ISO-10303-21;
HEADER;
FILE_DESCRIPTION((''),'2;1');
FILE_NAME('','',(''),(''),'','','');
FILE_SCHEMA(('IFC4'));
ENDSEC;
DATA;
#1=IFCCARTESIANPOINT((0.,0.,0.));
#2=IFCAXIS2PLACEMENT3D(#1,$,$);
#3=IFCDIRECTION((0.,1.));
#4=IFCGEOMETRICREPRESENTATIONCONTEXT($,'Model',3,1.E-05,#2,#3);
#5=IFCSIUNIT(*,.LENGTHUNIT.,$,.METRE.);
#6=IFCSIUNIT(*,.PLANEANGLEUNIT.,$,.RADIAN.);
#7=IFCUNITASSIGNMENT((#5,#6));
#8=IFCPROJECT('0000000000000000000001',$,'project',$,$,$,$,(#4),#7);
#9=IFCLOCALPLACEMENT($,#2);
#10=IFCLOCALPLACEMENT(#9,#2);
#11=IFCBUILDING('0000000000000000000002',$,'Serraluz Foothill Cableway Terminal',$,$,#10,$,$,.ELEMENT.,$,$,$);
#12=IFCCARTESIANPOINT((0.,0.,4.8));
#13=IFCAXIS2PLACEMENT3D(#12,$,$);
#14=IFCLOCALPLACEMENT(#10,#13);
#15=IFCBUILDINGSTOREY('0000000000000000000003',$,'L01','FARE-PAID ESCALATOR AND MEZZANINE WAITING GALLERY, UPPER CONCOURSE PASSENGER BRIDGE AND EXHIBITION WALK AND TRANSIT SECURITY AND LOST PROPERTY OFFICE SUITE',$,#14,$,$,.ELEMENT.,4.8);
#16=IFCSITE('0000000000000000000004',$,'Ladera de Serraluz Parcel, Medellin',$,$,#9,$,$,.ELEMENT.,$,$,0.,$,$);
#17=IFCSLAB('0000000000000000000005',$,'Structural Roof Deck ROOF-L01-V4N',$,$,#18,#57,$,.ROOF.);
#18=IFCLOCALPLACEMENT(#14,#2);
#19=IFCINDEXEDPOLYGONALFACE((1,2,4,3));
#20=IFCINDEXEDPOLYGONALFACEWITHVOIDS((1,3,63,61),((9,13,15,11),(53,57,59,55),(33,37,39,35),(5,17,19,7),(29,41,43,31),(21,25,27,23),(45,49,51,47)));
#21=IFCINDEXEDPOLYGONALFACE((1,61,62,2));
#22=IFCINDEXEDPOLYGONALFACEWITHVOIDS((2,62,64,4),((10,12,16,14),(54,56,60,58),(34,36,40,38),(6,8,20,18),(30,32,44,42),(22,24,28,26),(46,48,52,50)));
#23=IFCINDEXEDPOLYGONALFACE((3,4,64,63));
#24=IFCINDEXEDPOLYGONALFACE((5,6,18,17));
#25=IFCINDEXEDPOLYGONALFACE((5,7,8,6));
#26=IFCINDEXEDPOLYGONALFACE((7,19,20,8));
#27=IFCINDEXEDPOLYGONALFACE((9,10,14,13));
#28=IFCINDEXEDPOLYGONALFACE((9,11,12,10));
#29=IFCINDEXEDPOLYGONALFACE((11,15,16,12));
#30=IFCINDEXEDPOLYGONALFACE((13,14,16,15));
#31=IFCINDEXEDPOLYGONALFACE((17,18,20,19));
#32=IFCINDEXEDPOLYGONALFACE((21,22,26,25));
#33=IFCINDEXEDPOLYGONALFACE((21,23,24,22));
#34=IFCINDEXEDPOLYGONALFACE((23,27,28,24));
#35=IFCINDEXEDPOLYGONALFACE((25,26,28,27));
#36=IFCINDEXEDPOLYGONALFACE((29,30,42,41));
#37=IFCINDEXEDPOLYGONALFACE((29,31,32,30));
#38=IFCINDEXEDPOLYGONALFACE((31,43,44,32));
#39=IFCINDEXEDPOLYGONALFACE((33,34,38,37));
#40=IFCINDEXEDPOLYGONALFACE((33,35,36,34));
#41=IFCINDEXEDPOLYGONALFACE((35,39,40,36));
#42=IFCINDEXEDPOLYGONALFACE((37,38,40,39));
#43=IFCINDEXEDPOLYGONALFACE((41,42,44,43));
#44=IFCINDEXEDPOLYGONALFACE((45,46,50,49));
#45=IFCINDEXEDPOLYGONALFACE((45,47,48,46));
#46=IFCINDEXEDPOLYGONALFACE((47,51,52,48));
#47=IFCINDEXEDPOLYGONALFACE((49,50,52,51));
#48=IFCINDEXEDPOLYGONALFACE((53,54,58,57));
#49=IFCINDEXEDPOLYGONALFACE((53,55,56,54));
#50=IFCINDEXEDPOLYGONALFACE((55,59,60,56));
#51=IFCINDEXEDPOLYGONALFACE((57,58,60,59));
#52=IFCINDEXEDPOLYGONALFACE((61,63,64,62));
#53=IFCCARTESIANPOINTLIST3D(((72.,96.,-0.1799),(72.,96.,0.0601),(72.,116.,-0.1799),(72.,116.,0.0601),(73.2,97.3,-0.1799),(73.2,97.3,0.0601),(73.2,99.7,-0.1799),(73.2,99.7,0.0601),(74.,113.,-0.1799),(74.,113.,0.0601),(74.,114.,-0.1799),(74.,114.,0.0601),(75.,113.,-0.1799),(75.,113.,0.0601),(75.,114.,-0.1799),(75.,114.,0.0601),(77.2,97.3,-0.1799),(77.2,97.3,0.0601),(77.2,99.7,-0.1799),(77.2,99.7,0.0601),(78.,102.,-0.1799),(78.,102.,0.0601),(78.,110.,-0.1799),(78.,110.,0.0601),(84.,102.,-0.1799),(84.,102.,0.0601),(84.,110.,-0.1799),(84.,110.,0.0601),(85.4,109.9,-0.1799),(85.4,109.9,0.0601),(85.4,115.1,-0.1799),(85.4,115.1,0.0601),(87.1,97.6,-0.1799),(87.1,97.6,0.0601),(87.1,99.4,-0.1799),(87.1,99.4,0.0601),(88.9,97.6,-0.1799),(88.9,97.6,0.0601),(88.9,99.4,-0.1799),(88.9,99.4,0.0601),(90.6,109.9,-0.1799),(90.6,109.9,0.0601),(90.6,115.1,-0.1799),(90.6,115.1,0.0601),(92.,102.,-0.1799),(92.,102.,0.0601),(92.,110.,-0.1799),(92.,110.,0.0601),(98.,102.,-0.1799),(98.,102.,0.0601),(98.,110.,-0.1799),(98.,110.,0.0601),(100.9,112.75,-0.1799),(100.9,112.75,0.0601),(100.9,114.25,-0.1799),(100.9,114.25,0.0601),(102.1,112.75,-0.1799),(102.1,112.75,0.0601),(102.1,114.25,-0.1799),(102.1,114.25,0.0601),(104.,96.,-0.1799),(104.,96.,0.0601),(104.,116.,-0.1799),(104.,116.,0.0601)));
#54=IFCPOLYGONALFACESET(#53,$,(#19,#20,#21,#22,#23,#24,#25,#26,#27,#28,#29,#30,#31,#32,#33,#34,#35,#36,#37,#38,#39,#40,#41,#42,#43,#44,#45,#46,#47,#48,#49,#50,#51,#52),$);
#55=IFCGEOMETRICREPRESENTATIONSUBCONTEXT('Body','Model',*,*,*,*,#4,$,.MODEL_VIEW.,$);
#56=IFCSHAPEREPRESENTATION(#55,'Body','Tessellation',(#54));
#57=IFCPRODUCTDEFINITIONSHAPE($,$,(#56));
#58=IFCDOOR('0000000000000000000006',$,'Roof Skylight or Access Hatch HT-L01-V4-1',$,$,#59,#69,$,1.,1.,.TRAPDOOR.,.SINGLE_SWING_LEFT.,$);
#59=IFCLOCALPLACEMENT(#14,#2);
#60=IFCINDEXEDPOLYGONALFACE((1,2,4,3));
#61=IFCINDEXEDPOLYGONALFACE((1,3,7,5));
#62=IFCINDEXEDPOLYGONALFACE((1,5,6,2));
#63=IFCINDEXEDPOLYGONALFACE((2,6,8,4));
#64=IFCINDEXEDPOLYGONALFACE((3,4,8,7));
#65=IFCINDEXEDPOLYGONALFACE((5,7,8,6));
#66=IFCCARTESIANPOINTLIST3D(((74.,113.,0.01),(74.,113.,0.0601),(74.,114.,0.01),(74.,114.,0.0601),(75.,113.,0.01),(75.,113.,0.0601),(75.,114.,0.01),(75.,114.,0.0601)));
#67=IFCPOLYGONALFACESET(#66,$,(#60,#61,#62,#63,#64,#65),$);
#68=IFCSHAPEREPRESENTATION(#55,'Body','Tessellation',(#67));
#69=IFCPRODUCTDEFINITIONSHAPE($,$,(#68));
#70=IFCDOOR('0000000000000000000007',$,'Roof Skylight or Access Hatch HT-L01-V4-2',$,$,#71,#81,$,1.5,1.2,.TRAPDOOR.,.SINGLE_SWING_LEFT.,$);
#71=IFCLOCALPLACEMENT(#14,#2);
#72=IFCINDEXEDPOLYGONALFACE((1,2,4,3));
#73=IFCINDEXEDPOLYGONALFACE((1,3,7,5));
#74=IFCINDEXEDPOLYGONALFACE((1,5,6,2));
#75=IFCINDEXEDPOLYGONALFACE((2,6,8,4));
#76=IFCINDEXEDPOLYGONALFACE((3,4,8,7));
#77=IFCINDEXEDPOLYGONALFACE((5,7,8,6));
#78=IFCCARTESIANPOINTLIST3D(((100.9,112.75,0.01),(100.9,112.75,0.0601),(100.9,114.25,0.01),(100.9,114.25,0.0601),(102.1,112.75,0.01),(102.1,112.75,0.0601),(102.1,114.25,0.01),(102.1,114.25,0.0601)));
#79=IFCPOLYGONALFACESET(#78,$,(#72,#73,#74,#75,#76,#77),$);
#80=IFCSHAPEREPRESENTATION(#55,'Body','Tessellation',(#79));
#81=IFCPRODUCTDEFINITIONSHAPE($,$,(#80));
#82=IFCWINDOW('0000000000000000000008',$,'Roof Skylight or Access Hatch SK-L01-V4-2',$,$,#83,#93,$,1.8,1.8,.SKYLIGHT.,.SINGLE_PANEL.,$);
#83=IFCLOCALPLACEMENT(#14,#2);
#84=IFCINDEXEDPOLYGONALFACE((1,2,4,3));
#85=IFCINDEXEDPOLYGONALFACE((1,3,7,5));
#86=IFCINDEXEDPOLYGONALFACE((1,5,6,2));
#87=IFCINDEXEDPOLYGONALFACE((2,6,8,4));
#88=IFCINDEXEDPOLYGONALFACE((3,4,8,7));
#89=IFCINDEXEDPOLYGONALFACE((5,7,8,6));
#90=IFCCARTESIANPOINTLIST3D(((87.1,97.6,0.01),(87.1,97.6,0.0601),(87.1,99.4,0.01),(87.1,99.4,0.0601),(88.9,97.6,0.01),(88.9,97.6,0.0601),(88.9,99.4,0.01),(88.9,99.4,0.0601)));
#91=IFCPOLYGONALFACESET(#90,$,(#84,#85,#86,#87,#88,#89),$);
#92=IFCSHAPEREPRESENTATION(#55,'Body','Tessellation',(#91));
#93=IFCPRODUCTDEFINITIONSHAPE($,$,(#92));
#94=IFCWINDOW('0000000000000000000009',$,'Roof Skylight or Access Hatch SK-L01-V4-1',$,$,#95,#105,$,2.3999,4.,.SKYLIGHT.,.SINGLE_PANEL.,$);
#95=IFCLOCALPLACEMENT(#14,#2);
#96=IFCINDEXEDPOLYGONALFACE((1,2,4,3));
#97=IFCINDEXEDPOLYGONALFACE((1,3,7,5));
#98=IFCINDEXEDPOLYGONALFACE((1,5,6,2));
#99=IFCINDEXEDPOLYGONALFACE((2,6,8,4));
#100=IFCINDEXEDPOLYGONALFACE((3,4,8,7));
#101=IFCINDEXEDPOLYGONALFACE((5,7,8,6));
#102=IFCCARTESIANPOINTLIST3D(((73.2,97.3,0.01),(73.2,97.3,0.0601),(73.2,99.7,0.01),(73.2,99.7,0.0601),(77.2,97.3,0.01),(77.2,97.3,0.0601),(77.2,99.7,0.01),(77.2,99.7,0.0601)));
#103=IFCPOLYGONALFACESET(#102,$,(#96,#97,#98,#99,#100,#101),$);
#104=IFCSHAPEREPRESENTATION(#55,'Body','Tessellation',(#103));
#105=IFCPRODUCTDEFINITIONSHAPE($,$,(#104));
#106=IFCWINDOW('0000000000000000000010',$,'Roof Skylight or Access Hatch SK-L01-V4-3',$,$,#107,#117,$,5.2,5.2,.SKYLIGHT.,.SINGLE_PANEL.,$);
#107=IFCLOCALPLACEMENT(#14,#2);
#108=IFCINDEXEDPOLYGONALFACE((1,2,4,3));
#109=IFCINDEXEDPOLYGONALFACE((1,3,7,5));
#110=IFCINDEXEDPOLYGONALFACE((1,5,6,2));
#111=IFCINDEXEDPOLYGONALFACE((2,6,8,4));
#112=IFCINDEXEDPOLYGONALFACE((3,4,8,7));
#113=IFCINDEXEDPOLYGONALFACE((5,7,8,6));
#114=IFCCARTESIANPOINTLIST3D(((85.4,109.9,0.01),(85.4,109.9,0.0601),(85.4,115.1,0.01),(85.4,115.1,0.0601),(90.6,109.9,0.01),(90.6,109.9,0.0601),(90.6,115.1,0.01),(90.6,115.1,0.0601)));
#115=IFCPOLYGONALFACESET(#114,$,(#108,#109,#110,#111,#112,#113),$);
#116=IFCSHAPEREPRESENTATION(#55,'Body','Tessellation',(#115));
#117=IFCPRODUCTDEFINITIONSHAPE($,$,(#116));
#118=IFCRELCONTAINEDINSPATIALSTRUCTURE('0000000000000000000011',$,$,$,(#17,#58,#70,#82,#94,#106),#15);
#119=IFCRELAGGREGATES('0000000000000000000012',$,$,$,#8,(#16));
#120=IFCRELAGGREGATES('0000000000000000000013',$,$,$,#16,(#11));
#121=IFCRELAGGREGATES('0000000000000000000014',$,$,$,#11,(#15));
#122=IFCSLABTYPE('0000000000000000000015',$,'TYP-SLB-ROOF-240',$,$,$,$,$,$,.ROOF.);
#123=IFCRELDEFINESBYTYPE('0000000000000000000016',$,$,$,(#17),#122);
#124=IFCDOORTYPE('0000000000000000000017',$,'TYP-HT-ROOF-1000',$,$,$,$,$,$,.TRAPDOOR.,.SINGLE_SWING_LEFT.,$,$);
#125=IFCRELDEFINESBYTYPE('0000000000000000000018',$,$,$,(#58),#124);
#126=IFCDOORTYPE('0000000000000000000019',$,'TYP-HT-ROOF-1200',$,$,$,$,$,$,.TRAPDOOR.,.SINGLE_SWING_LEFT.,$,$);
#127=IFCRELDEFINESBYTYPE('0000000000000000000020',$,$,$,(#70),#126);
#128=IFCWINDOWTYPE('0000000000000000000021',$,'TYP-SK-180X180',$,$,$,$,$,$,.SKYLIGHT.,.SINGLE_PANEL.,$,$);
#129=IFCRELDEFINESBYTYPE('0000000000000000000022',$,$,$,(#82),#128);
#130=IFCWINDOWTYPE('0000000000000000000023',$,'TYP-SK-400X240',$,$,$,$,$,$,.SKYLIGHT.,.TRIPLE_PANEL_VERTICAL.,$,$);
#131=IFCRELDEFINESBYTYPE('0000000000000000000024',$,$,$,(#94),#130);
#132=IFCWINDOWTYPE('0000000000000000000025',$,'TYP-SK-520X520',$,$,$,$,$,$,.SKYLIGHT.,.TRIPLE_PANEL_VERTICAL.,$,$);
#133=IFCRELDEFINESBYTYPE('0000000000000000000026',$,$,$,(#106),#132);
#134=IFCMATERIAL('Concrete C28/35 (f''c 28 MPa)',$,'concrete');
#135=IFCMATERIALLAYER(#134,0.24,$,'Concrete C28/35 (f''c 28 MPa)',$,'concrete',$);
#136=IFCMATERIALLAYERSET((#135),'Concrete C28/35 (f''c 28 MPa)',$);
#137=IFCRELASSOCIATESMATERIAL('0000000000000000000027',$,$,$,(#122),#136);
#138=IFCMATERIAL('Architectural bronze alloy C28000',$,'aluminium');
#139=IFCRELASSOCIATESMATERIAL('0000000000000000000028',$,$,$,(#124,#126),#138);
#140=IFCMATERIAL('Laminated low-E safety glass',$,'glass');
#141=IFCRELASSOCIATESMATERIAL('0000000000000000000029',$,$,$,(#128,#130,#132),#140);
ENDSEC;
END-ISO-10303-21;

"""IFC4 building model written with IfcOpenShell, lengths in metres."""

from ifc_helpers import new_model, si_unit, direction, frame, origin, origin_2d, place, context, subcontext, project, spatial, polyline, rectangle, outline, extrude, material, layer, layer_set, type_object, element, fill, save


model = new_model("IFC4")

# Units and contexts
model_context = context("Model", 3, precision=1e-05, world=origin(), true_north=direction((0.0, 1.0)))
body_context = subcontext(model_context, "Body", "Model", "MODEL_VIEW")
ifc_project = project(units=[si_unit("LENGTHUNIT", "METRE"), si_unit("PLANEANGLEUNIT", "RADIAN")], contexts=[model_context])

# Site, building, storey
site_placement = place(None, origin())
site = spatial("IfcSite", under=ifc_project, at=site_placement, Name="Ladera de Serraluz Parcel, Medellin", CompositionType="ELEMENT", RefElevation=0.0)
building_placement = place(site_placement, origin())
building = spatial("IfcBuilding", under=site, at=building_placement, Name="Serraluz Foothill Cableway Terminal", CompositionType="ELEMENT")
storey_placement = place(building_placement, frame((0.0, 0.0, 4.8)))
storey = spatial("IfcBuildingStorey", under=building, at=storey_placement, Name="L01", Description="FARE-PAID ESCALATOR AND MEZZANINE WAITING GALLERY, UPPER CONCOURSE PASSENGER BRIDGE AND EXHIBITION WALK AND TRANSIT SECURITY AND LOST PROPERTY OFFICE SUITE", CompositionType="ELEMENT", Elevation=4.8)

# Shared definitions
ifc_material_1 = material(Name="Concrete C28/35 (f'c 28 MPa)", Category="concrete")

# Shared definitions
ifc_layer_1 = layer(ifc_material_1, 0.24, Name="Concrete C28/35 (f'c 28 MPa)", Category="concrete")
ifc_layer_set_1 = layer_set([ifc_layer_1], Name="Concrete C28/35 (f'c 28 MPa)")
slab_type_1 = type_object("IfcSlabType", Name="TYP-SLB-ROOF-240", PredefinedType="ROOF", material=ifc_layer_set_1)
ifc_material_2 = material(Name="Architectural bronze alloy C28000", Category="aluminium")
door_type_1 = type_object("IfcDoorType", Name="TYP-HT-ROOF-1000", OperationType="SINGLE_SWING_LEFT", PredefinedType="TRAPDOOR", material=ifc_material_2)
door_type_2 = type_object("IfcDoorType", Name="TYP-HT-ROOF-1200", OperationType="SINGLE_SWING_LEFT", PredefinedType="TRAPDOOR", material=ifc_material_2)
ifc_material_3 = material(Name="Laminated low-E safety glass", Category="glass")

# Slab, openings, doors, windows
slab_1_placement = place(storey_placement, frame((0.0, 0.0, -0.1799)))
slab_1 = element("IfcSlab", 1, at=slab_1_placement, inside=storey, type_object=slab_type_1, Name="Structural Roof Deck ROOF-L01-V4N", PredefinedType="ROOF", context=body_context, shape_type="SweptSolid", body=[
    extrude(outline(polyline([(72.0, 96.0), (104.0, 96.0), (104.0, 116.0), (72.0, 116.0), (72.0, 96.0)]), holes=[polyline([(78.0, 102.0), (84.0, 102.0), (84.0, 110.0), (78.0, 110.0), (78.0, 102.0)]), polyline([(92.0, 102.0), (98.0, 102.0), (98.0, 110.0), (92.0, 110.0), (92.0, 102.0)])]), origin(), (0.0, 0.0, 1.0), 0.24),
])
opening_1_placement = place(slab_1_placement, frame((75.2, 98.5, -0.01)))
opening_1 = element("IfcOpeningElement", 2, at=opening_1_placement, cuts=slab_1, PredefinedType="OPENING", context=body_context, shape_type="SweptSolid", body=[
    extrude(rectangle(XDim=4.0, YDim=2.3999, at=origin_2d()), origin(), (0.0, 0.0, 1.0), 0.26),
])
opening_2_placement = place(slab_1_placement, frame((88.0, 98.5, -0.01)))
opening_2 = element("IfcOpeningElement", 3, at=opening_2_placement, cuts=slab_1, PredefinedType="OPENING", context=body_context, shape_type="SweptSolid", body=[
    extrude(rectangle(XDim=1.8, YDim=1.8, at=origin_2d()), origin(), (0.0, 0.0, 1.0), 0.26),
])
opening_3_placement = place(slab_1_placement, frame((88.0, 112.5, -0.01)))
opening_3 = element("IfcOpeningElement", 4, at=opening_3_placement, cuts=slab_1, PredefinedType="OPENING", context=body_context, shape_type="SweptSolid", body=[
    extrude(rectangle(XDim=5.2, YDim=5.2, at=origin_2d()), origin(), (0.0, 0.0, 1.0), 0.26),
])
opening_4_placement = place(slab_1_placement, frame((74.5, 113.5, -0.01)))
opening_4 = element("IfcOpeningElement", 5, at=opening_4_placement, cuts=slab_1, PredefinedType="OPENING", context=body_context, shape_type="SweptSolid", body=[
    extrude(rectangle(XDim=1.0, YDim=1.0, at=origin_2d()), origin(), (0.0, 0.0, 1.0), 0.26),
])
opening_5_placement = place(slab_1_placement, frame((101.5, 113.5, -0.01)))
opening_5 = element("IfcOpeningElement", 6, at=opening_5_placement, cuts=slab_1, PredefinedType="OPENING", context=body_context, shape_type="SweptSolid", body=[
    extrude(rectangle(XDim=1.2, YDim=1.5, at=origin_2d()), origin(), (0.0, 0.0, 1.0), 0.26),
])
door_1_placement = place(slab_1_placement, frame((74.5, 113.5, 0.1899)))
door_1 = element("IfcDoor", 7, at=door_1_placement, inside=storey, type_object=door_type_1, Name="Roof Skylight or Access Hatch HT-L01-V4-1", OperationType="SINGLE_SWING_LEFT", OverallHeight=1.0, OverallWidth=1.0, PredefinedType="TRAPDOOR", context=body_context, shape_type="SweptSolid", body=[
    extrude(rectangle(XDim=1.0, YDim=1.0, at=origin_2d()), origin(), (0.0, 0.0, 1.0), 0.05),
])
fill(opening_4, door_1)
door_2_placement = place(slab_1_placement, frame((101.5, 113.5, 0.1899)))
door_2 = element("IfcDoor", 8, at=door_2_placement, inside=storey, type_object=door_type_2, Name="Roof Skylight or Access Hatch HT-L01-V4-2", OperationType="SINGLE_SWING_LEFT", OverallHeight=1.5, OverallWidth=1.2, PredefinedType="TRAPDOOR", context=body_context, shape_type="SweptSolid", body=[
    extrude(rectangle(XDim=1.2, YDim=1.5, at=origin_2d()), origin(), (0.0, 0.0, 1.0), 0.05),
])
fill(opening_5, door_2)
window_type_1 = type_object("IfcWindowType", Name="TYP-SK-180X180", PartitioningType="SINGLE_PANEL", PredefinedType="SKYLIGHT", material=ifc_material_3)
window_1_placement = place(slab_1_placement, frame((88.0, 98.5, 0.1899)))
window_1 = element("IfcWindow", 9, at=window_1_placement, inside=storey, type_object=window_type_1, Name="Roof Skylight or Access Hatch SK-L01-V4-2", OverallHeight=1.8, OverallWidth=1.8, PartitioningType="SINGLE_PANEL", PredefinedType="SKYLIGHT", context=body_context, shape_type="SweptSolid", body=[
    extrude(rectangle(XDim=1.8, YDim=1.8, at=origin_2d()), origin(), (0.0, 0.0, 1.0), 0.05),
])
fill(opening_2, window_1)
window_type_2 = type_object("IfcWindowType", Name="TYP-SK-400X240", PartitioningType="TRIPLE_PANEL_VERTICAL", PredefinedType="SKYLIGHT", material=ifc_material_3)
window_2_placement = place(slab_1_placement, frame((75.2, 98.5, 0.1899)))
window_2 = element("IfcWindow", 10, at=window_2_placement, inside=storey, type_object=window_type_2, Name="Roof Skylight or Access Hatch SK-L01-V4-1", OverallHeight=2.3999, OverallWidth=4.0, PartitioningType="SINGLE_PANEL", PredefinedType="SKYLIGHT", context=body_context, shape_type="SweptSolid", body=[
    extrude(rectangle(XDim=4.0, YDim=2.3999, at=origin_2d()), origin(), (0.0, 0.0, 1.0), 0.05),
])
fill(opening_1, window_2)
window_type_3 = type_object("IfcWindowType", Name="TYP-SK-520X520", PartitioningType="TRIPLE_PANEL_VERTICAL", PredefinedType="SKYLIGHT", material=ifc_material_3)
window_3_placement = place(slab_1_placement, frame((88.0, 112.5, 0.1899)))
window_3 = element("IfcWindow", 11, at=window_3_placement, inside=storey, type_object=window_type_3, Name="Roof Skylight or Access Hatch SK-L01-V4-3", OverallHeight=5.2, OverallWidth=5.2, PartitioningType="SINGLE_PANEL", PredefinedType="SKYLIGHT", context=body_context, shape_type="SweptSolid", body=[
    extrude(rectangle(XDim=5.2, YDim=5.2, at=origin_2d()), origin(), (0.0, 0.0, 1.0), 0.05),
])
fill(opening_3, window_3)

save(model, "model.ifc")
